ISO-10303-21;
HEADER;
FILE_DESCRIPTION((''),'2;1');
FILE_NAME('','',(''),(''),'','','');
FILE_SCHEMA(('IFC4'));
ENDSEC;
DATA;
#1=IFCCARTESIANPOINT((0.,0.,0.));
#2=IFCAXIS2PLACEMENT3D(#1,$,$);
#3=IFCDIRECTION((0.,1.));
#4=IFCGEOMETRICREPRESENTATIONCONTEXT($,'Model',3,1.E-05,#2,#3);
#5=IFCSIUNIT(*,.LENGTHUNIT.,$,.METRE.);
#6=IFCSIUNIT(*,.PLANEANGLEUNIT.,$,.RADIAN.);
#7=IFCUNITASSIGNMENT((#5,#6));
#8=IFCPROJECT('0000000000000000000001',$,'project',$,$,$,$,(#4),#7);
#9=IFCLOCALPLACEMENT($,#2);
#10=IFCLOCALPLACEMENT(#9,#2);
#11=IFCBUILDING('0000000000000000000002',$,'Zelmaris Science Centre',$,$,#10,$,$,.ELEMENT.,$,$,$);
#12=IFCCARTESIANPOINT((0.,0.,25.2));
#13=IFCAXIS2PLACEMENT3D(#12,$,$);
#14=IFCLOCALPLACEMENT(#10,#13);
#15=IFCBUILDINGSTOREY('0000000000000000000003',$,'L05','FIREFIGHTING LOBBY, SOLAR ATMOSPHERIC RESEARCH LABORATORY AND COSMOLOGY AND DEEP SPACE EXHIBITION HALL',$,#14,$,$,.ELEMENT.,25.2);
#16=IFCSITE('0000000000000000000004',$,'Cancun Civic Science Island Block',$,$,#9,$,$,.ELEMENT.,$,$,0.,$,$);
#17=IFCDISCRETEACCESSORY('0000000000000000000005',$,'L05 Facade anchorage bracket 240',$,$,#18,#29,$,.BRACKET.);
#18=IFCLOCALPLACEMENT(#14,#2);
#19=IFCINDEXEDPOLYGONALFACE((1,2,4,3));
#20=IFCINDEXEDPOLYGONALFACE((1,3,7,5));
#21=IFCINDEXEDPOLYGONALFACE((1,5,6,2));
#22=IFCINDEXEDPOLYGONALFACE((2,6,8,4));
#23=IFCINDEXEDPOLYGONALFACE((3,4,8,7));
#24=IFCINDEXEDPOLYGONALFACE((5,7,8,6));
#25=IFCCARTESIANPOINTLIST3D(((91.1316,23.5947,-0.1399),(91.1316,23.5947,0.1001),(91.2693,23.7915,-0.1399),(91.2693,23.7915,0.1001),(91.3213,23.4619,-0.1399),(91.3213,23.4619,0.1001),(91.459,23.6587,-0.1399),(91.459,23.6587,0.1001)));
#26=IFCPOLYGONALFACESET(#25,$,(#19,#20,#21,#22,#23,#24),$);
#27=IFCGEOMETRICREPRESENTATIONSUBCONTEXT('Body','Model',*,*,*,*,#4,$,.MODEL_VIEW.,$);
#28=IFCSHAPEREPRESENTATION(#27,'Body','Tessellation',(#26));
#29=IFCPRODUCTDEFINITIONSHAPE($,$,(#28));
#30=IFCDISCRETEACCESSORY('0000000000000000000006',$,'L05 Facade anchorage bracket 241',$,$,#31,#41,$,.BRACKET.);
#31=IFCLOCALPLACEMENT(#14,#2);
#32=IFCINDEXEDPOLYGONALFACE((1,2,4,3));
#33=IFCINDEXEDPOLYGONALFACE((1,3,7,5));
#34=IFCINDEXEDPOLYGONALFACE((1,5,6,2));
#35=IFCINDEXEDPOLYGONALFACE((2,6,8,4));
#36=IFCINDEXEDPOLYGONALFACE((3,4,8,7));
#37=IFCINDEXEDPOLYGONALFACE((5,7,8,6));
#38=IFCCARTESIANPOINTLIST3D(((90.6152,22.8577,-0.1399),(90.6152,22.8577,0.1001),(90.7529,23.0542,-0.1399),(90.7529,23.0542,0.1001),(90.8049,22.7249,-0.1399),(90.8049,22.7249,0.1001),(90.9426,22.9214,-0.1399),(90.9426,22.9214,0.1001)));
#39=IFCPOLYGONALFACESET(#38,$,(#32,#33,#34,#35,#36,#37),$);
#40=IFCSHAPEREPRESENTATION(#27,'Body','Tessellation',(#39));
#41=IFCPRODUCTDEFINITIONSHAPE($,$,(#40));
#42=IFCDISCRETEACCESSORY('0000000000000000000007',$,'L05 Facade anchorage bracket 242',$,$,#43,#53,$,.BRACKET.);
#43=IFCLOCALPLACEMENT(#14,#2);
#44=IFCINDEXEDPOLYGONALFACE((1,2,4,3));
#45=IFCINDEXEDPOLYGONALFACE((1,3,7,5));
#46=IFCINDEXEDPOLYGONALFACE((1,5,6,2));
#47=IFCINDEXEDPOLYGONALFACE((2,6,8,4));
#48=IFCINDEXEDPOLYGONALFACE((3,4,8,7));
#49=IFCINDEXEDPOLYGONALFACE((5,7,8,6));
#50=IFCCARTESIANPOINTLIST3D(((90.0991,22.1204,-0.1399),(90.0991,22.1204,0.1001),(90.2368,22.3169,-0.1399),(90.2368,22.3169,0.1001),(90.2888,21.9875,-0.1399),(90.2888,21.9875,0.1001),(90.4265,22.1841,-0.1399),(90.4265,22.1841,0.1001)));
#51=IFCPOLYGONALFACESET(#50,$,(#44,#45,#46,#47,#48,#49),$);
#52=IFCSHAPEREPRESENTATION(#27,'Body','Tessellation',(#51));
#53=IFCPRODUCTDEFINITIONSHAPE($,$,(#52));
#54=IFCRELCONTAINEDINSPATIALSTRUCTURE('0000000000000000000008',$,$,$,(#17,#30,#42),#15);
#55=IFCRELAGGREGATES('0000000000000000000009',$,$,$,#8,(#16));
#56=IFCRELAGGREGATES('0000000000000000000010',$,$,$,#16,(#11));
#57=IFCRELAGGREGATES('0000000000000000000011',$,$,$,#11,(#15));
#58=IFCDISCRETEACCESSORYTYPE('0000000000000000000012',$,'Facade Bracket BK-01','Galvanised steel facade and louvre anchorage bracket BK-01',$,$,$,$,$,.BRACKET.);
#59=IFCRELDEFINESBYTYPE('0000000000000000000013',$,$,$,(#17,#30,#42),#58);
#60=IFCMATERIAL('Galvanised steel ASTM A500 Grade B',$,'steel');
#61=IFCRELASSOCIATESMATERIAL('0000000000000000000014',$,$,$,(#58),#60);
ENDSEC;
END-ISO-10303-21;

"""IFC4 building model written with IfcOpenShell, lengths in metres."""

from ifc_helpers import new_model, si_unit, direction, frame, origin, place, context, subcontext, project, spatial, polyline, outline, extrude, material, type_object, element, save


model = new_model("IFC4")

# Units and contexts
model_context = context("Model", 3, precision=1e-05, world=origin(), true_north=direction((0.0, 1.0)))
body_context = subcontext(model_context, "Body", "Model", "MODEL_VIEW")
ifc_project = project(units=[si_unit("LENGTHUNIT", "METRE"), si_unit("PLANEANGLEUNIT", "RADIAN")], contexts=[model_context])

# Site, building, storey
site_placement = place(None, origin())
site = spatial("IfcSite", under=ifc_project, at=site_placement, Name="Cancun Civic Science Island Block", CompositionType="ELEMENT", RefElevation=0.0)
building_placement = place(site_placement, origin())
building = spatial("IfcBuilding", under=site, at=building_placement, Name="Zelmaris Science Centre", CompositionType="ELEMENT")
storey_placement = place(building_placement, frame((0.0, 0.0, 25.2)))
storey = spatial("IfcBuildingStorey", under=building, at=storey_placement, Name="L05", Description="FIREFIGHTING LOBBY, SOLAR ATMOSPHERIC RESEARCH LABORATORY AND COSMOLOGY AND DEEP SPACE EXHIBITION HALL", CompositionType="ELEMENT", Elevation=25.2)

# Discrete accessories
ifc_material_1 = material(Name="Galvanised steel ASTM A500 Grade B", Category="steel")
discrete_accessory_type = type_object("IfcDiscreteAccessoryType", Name="Facade Bracket BK-01", Description="Galvanised steel facade and louvre anchorage bracket BK-01", PredefinedType="BRACKET", material=ifc_material_1)
discrete_accessory_1_placement = place(storey_placement, frame((0.0, 0.0, -0.1399)))
element("IfcDiscreteAccessory", 1, at=discrete_accessory_1_placement, inside=storey, type_object=discrete_accessory_type, Name="L05 Facade anchorage bracket 240", PredefinedType="BRACKET", context=body_context, shape_type="SweptSolid", body=[
    extrude(outline(polyline([(91.2693, 23.7915), (91.1316, 23.5947), (91.3213, 23.4619), (91.459, 23.6587), (91.2693, 23.7915)])), origin(), (0.0, 0.0, 1.0), 0.24),
])
discrete_accessory_2_placement = place(storey_placement, frame((0.0, 0.0, -0.1399)))
element("IfcDiscreteAccessory", 2, at=discrete_accessory_2_placement, inside=storey, type_object=discrete_accessory_type, Name="L05 Facade anchorage bracket 241", PredefinedType="BRACKET", context=body_context, shape_type="SweptSolid", body=[
    extrude(outline(polyline([(90.7529, 23.0542), (90.6152, 22.8577), (90.8049, 22.7249), (90.9426, 22.9214), (90.7529, 23.0542)])), origin(), (0.0, 0.0, 1.0), 0.24),
])
discrete_accessory_3_placement = place(storey_placement, frame((0.0, 0.0, -0.1399)))
element("IfcDiscreteAccessory", 3, at=discrete_accessory_3_placement, inside=storey, type_object=discrete_accessory_type, Name="L05 Facade anchorage bracket 242", PredefinedType="BRACKET", context=body_context, shape_type="SweptSolid", body=[
    extrude(outline(polyline([(90.2368, 22.3169), (90.0991, 22.1204), (90.2888, 21.9875), (90.4265, 22.1841), (90.2368, 22.3169)])), origin(), (0.0, 0.0, 1.0), 0.24),
])

save(model, "model.ifc")
